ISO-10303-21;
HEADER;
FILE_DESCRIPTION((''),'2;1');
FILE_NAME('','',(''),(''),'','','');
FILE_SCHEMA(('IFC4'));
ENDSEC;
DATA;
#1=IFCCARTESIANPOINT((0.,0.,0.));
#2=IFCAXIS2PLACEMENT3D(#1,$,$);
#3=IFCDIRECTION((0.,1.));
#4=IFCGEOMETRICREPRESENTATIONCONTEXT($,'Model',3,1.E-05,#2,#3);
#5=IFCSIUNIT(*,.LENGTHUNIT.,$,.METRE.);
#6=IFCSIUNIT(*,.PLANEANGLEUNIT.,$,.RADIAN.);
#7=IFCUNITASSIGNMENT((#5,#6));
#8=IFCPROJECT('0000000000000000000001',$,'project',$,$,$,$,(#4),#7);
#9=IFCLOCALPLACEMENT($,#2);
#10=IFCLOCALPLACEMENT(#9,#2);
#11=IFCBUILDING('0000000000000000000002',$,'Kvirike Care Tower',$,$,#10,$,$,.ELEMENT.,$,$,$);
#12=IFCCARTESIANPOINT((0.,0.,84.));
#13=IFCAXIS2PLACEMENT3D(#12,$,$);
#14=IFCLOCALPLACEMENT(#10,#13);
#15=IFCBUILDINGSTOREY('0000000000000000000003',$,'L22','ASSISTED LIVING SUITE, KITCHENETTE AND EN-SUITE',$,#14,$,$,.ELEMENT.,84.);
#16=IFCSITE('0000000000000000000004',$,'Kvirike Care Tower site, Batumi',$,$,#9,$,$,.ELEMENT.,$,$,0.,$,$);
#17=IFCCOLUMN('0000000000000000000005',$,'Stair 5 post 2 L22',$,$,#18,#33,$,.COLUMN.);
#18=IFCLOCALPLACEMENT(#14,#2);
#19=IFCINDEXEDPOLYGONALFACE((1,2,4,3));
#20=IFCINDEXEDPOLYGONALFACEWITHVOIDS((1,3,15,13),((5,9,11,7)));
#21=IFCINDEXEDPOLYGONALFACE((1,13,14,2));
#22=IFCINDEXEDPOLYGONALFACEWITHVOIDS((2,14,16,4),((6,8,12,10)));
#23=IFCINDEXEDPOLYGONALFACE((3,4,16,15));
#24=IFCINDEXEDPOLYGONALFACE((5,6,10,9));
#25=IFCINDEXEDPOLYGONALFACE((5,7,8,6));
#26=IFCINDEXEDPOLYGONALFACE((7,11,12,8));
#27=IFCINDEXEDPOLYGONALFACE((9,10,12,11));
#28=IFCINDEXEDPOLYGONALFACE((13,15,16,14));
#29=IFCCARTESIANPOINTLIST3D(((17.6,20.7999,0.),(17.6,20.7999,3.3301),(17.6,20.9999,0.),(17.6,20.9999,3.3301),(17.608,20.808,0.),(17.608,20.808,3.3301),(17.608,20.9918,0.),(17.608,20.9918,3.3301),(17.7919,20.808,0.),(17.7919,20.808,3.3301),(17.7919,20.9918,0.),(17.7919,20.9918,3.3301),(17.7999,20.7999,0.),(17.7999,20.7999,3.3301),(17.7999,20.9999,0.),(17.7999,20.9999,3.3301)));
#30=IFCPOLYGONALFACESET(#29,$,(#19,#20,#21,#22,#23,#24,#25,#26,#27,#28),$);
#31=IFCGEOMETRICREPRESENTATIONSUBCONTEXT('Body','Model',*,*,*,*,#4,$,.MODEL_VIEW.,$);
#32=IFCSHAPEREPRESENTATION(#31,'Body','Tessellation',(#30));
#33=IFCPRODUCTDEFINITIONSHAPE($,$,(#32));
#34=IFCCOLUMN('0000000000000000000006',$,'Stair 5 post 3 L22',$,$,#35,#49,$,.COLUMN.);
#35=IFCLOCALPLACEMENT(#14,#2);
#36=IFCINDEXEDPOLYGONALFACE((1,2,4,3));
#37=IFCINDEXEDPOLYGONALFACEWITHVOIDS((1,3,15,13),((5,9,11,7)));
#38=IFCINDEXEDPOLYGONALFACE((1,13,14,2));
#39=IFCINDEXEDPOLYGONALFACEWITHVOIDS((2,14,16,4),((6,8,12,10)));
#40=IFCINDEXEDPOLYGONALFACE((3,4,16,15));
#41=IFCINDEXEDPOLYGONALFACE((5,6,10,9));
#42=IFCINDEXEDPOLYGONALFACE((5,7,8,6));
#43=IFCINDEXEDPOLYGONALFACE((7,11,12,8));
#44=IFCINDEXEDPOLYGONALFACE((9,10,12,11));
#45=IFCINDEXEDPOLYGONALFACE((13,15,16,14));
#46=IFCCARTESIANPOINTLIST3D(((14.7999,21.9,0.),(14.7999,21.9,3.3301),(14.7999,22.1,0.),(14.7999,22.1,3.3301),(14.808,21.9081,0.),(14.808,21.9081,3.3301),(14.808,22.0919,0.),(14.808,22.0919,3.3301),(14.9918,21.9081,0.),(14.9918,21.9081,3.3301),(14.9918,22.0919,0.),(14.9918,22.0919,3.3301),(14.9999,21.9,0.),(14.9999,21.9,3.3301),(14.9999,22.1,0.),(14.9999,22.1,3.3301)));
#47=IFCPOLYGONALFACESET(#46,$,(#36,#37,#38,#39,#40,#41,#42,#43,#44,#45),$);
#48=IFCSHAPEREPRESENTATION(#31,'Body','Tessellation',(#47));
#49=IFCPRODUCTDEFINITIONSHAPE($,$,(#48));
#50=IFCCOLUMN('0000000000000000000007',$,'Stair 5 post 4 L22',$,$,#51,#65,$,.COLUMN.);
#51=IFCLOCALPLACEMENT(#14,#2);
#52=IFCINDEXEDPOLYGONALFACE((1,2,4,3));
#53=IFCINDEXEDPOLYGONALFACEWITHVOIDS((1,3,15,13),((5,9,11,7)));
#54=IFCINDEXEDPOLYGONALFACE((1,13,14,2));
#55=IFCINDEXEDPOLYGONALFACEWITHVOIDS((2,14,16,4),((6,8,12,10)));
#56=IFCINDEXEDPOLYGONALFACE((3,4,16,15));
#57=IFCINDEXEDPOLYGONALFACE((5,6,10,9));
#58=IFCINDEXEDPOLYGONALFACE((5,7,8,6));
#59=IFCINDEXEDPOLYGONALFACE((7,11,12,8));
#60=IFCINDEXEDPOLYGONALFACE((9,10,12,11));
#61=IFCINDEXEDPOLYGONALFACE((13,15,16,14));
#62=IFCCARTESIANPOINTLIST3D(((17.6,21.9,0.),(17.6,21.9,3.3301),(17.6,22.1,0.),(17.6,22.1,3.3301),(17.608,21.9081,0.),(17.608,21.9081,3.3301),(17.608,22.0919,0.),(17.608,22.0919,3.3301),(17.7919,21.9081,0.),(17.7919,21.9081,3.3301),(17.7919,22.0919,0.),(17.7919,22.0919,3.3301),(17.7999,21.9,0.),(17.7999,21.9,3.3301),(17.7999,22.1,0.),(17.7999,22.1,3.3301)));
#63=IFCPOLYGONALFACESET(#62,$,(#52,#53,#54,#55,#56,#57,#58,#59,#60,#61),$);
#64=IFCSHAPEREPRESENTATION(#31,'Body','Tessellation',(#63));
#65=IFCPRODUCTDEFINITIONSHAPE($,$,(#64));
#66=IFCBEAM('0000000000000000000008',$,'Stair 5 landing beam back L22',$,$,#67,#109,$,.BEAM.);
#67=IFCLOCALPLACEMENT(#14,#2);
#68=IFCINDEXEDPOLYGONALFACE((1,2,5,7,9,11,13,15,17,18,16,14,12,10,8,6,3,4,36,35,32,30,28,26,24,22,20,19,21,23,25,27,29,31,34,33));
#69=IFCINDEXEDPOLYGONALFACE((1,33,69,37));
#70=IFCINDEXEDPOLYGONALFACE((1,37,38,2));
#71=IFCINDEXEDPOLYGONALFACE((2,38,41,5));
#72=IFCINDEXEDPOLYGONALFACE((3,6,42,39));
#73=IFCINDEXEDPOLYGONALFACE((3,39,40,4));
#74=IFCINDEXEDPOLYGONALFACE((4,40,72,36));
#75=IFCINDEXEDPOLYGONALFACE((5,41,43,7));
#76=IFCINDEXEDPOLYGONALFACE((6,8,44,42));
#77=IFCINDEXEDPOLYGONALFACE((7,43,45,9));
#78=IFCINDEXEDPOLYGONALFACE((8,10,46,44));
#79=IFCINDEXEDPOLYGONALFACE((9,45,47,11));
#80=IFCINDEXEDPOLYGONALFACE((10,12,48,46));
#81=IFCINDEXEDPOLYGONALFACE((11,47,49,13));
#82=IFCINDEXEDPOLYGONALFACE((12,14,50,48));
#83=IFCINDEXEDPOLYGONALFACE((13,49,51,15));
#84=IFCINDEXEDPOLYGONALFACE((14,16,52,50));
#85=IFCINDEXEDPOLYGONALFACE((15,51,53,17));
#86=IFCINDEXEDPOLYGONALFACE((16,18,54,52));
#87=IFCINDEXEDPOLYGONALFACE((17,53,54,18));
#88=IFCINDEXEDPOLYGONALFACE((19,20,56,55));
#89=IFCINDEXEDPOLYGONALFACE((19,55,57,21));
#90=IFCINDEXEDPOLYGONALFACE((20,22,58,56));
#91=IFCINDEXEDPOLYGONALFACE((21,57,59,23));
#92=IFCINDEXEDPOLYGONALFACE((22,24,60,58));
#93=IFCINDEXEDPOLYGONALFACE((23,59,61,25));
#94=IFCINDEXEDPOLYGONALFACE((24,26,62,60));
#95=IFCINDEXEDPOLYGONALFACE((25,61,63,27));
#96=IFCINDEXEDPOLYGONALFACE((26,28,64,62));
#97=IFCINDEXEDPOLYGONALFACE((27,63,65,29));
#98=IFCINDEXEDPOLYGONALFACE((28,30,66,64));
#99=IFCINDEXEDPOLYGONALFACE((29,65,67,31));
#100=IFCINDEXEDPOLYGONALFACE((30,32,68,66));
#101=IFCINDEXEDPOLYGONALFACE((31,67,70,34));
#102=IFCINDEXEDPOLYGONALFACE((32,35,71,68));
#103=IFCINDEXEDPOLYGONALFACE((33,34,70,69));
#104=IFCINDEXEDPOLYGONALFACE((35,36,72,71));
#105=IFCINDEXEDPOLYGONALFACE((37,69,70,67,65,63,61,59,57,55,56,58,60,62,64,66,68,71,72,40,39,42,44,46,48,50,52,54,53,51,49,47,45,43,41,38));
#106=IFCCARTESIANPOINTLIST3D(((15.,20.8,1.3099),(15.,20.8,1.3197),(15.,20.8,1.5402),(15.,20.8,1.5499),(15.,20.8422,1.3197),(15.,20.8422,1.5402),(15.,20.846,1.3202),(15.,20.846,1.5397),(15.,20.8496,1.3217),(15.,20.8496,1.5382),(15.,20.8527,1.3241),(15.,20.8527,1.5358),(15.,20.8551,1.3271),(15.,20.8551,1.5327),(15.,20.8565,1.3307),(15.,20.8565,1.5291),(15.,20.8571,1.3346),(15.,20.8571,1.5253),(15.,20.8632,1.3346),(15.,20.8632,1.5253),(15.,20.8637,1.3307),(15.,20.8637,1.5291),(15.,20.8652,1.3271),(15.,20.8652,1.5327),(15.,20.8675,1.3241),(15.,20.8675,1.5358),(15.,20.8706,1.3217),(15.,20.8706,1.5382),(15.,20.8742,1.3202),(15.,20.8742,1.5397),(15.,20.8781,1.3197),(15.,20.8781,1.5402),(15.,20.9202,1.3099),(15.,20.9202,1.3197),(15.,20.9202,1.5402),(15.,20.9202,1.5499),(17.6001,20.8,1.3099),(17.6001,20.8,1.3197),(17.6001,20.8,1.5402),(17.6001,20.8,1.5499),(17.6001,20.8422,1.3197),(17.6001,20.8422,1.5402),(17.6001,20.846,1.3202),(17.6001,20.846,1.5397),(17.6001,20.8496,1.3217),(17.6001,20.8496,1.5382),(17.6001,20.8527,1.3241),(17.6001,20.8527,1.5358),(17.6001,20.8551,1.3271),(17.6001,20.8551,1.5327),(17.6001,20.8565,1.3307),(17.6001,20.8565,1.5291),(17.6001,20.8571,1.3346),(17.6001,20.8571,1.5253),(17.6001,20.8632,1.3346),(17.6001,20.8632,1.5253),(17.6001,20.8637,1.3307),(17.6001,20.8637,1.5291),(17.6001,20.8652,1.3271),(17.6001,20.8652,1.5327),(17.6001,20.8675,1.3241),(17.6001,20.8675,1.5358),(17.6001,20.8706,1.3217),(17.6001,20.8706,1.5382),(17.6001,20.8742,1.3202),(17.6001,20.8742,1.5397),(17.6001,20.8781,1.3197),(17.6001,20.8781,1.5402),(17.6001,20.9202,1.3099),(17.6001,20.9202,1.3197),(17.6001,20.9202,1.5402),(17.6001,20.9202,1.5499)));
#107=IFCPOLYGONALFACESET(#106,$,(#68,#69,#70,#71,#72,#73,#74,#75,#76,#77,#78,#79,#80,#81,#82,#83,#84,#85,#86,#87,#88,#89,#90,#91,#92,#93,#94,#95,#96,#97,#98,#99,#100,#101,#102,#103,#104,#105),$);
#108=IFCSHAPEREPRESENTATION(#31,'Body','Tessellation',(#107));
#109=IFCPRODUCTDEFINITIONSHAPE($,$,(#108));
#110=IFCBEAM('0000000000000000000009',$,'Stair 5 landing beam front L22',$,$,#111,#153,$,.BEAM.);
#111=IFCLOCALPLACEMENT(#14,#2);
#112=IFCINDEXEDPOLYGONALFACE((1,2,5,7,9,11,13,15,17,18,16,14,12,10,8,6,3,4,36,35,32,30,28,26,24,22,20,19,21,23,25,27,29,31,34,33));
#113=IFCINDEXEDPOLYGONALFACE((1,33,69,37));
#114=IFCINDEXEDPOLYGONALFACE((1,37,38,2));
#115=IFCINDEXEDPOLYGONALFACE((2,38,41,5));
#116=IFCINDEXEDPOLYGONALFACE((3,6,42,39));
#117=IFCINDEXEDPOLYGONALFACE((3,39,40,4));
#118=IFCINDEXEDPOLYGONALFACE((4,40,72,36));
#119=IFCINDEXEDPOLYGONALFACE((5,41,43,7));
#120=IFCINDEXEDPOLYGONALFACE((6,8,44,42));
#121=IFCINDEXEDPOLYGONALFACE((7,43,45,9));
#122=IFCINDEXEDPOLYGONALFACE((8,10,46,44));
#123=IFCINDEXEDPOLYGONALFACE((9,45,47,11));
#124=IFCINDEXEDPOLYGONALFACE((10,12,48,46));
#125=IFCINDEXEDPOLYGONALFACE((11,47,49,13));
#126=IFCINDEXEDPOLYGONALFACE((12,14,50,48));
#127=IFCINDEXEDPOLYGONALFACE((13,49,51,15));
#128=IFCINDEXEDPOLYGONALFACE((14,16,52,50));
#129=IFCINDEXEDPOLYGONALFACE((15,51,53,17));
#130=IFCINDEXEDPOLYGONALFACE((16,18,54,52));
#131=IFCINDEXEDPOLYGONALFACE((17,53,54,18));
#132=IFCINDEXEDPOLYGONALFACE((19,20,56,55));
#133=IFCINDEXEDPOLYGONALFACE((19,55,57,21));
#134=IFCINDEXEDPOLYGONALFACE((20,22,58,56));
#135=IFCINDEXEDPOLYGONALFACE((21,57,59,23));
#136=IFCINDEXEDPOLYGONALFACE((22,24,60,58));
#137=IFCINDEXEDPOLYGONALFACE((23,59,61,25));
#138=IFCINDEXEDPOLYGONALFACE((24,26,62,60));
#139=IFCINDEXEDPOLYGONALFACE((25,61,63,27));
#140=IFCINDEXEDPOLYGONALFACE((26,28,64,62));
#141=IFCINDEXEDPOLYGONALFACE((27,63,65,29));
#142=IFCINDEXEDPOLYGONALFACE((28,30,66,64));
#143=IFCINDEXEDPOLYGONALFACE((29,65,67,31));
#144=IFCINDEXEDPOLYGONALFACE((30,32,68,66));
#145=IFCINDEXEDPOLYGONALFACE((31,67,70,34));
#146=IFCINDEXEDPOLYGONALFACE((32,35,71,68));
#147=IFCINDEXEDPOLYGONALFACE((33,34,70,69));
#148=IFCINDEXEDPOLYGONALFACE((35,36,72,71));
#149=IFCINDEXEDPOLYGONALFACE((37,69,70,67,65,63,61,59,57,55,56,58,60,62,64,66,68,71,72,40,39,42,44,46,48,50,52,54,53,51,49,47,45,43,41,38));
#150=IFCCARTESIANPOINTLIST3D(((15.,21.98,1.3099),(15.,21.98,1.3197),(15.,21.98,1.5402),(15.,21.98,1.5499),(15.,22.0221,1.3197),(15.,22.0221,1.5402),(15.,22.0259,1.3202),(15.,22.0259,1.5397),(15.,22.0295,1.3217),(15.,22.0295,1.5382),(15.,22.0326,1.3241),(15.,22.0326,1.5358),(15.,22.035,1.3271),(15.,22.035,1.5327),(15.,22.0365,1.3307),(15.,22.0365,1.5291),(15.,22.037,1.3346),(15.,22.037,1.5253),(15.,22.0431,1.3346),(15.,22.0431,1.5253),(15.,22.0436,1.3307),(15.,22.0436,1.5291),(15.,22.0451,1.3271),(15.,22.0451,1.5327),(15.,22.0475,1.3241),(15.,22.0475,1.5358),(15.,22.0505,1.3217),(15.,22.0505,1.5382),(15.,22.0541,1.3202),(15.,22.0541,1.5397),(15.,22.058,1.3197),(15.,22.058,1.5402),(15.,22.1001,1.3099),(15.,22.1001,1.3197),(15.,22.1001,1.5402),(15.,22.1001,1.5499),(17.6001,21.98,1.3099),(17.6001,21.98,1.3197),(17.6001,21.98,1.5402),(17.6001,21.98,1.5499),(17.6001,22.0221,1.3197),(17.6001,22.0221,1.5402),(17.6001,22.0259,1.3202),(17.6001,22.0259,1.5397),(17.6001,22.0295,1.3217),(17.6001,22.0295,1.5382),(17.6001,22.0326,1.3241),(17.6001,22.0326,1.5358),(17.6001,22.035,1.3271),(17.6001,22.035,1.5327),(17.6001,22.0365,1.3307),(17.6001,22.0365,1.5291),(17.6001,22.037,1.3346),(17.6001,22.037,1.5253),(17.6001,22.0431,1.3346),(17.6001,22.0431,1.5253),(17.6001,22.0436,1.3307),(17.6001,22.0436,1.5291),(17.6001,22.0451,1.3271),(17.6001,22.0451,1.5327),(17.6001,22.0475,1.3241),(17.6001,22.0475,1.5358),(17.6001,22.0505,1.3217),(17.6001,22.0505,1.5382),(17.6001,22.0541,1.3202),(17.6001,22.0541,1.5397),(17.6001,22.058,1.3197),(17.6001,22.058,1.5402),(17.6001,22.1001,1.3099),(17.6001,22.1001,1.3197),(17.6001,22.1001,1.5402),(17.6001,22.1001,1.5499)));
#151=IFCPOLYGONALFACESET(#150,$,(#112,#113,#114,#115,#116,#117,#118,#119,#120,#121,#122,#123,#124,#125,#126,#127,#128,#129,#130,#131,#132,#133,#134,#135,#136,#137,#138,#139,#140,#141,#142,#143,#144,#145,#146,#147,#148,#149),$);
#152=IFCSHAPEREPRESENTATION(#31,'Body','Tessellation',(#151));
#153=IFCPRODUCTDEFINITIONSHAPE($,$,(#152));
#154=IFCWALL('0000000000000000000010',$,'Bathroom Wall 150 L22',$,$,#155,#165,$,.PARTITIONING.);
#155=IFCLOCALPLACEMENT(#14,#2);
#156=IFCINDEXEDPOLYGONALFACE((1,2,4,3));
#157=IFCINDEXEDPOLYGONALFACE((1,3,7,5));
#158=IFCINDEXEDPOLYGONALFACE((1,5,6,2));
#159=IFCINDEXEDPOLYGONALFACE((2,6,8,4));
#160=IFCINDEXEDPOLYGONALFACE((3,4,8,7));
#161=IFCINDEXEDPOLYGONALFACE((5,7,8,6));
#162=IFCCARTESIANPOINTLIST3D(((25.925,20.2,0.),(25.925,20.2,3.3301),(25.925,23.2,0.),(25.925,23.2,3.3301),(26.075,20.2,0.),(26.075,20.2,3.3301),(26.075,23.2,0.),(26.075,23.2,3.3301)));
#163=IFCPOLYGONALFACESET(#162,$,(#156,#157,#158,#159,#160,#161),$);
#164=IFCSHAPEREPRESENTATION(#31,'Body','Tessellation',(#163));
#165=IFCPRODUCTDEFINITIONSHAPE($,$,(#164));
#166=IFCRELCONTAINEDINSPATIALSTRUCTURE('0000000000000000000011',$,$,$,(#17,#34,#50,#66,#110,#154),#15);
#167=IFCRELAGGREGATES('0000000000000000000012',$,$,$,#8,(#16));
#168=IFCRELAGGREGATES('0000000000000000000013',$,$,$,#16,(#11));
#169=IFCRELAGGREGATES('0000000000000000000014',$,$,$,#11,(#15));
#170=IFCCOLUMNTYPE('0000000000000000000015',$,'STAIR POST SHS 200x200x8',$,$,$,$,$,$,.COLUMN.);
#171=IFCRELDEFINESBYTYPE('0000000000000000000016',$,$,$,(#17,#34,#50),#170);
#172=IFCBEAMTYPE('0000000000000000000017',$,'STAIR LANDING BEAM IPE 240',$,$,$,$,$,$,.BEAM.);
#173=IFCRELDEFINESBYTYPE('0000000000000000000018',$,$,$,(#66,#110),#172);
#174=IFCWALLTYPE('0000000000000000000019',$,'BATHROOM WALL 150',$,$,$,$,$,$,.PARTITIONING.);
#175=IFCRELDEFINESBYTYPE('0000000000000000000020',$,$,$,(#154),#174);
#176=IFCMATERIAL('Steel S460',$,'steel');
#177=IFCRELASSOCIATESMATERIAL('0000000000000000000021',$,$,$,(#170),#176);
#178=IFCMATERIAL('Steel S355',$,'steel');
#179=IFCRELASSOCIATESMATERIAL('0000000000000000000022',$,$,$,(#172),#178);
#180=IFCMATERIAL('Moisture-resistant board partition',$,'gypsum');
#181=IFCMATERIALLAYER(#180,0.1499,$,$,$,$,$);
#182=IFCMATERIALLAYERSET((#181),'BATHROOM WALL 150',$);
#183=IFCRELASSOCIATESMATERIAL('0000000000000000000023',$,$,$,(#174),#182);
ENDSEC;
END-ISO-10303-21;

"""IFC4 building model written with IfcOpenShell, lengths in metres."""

from ifc_helpers import new_model, si_unit, direction, frame, frame_2d, origin, origin_2d, place, context, subcontext, project, spatial, rectangle, hollow_rectangle, i_section, extrude, material, layer, layer_set, material_profile, profile_set, type_object, element, save


model = new_model("IFC4")

# Units and contexts
model_context = context("Model", 3, precision=1e-05, world=origin(), true_north=direction((0.0, 1.0)))
body_context = subcontext(model_context, "Body", "Model", "MODEL_VIEW")
ifc_project = project(units=[si_unit("LENGTHUNIT", "METRE"), si_unit("PLANEANGLEUNIT", "RADIAN")], contexts=[model_context])

# Site, building, storey
site_placement = place(None, origin())
site = spatial("IfcSite", under=ifc_project, at=site_placement, Name="Kvirike Care Tower site, Batumi", CompositionType="ELEMENT", RefElevation=0.0)
building_placement = place(site_placement, origin())
building = spatial("IfcBuilding", under=site, at=building_placement, Name="Kvirike Care Tower", CompositionType="ELEMENT")
storey_placement = place(building_placement, frame((0.0, 0.0, 84.0)))
storey = spatial("IfcBuildingStorey", under=building, at=storey_placement, Name="L22", Description="ASSISTED LIVING SUITE, KITCHENETTE AND EN-SUITE", CompositionType="ELEMENT", Elevation=84.0)

# Columns
ifc_material_1 = material(Name="Steel S460", Category="steel")
ifc_material_profile_1 = material_profile(ifc_material_1, hollow_rectangle(XDim=0.2, YDim=0.2, WallThickness=0.0081, at=origin_2d()), Name="SHS 200x200x8")
ifc_profile_set_1 = profile_set([ifc_material_profile_1], Name="Steel S460")
column_type = type_object("IfcColumnType", Name="STAIR POST SHS 200x200x8", PredefinedType="COLUMN", material=ifc_profile_set_1)
for number, where, z_axis, x_axis, name in (
    (1, (17.7, 20.8999, 0.0), (0.0, 0.0, 1.0), (1.0, 0.0, 0.0), "Stair 5 post 2 L22"),
    (2, (14.8999, 22.0, 0.0), (0.0, 0.0, 1.0), (1.0, 0.0, 0.0), "Stair 5 post 3 L22"),
    (3, (17.7, 22.0, 0.0), (0.0, 0.0, 1.0), (1.0, 0.0, 0.0), "Stair 5 post 4 L22"),
):
    element("IfcColumn", number, at=place(storey_placement, frame(where, z_axis=z_axis, x_axis=x_axis)), inside=storey, type_object=column_type, Name=name, PredefinedType="COLUMN", context=body_context, shape_type="SweptSolid", body=[
        extrude(hollow_rectangle(XDim=0.2, YDim=0.2, WallThickness=0.0081, at=origin_2d()), origin(), (0.0, 0.0, 1.0), 3.3301),
    ])

# Beams
ifc_material_2 = material(Name="Steel S355", Category="steel")
ifc_material_profile_2 = material_profile(ifc_material_2, i_section(OverallWidth=0.1201, OverallDepth=0.24, WebThickness=0.0061, FlangeThickness=0.0098, FilletRadius=0.0149, at=origin_2d()), Name="IPE 240")
ifc_profile_set_2 = profile_set([ifc_material_profile_2], Name="Steel S355")
beam_type = type_object("IfcBeamType", Name="STAIR LANDING BEAM IPE 240", PredefinedType="BEAM", material=ifc_profile_set_2)
for number, where, z_axis, x_axis, name in (
    (4, (15.0, 20.8601, 1.4299), (1.0, 0.0, 0.0), (0.0, 1.0, 0.0), "Stair 5 landing beam back L22"),
    (5, (15.0, 22.04, 1.4299), (1.0, 0.0, 0.0), (0.0, 1.0, 0.0), "Stair 5 landing beam front L22"),
):
    element("IfcBeam", number, at=place(storey_placement, frame(where, z_axis=z_axis, x_axis=x_axis)), inside=storey, type_object=beam_type, Name=name, PredefinedType="BEAM", context=body_context, shape_type="SweptSolid", body=[
        extrude(i_section(OverallWidth=0.1201, OverallDepth=0.24, WebThickness=0.0061, FlangeThickness=0.0098, FilletRadius=0.0149, at=origin_2d()), origin(), (0.0, 0.0, 1.0), 2.6001),
    ])

# Wall
ifc_material_3 = material(Name="Moisture-resistant board partition", Category="gypsum")
ifc_layer_1 = layer(ifc_material_3, 0.1499)
ifc_layer_set_1 = layer_set([ifc_layer_1], Name="BATHROOM WALL 150")
wall_type_1 = type_object("IfcWallType", Name="BATHROOM WALL 150", PredefinedType="PARTITIONING", material=ifc_layer_set_1)
wall_1_placement = place(storey_placement, frame((26.0, 20.2, 0.0), z_axis=(0.0, 0.0, 1.0), x_axis=(0.0, 1.0, 0.0)))
element("IfcWall", 6, at=wall_1_placement, inside=storey, type_object=wall_type_1, Name="Bathroom Wall 150 L22", PredefinedType="PARTITIONING", context=body_context, shape_type="SweptSolid", body=[
    extrude(rectangle(XDim=3.0, YDim=0.1499, at=frame_2d((1.5, 0.0))), origin(), (0.0, 0.0, 1.0), 3.3301),
])

save(model, "model.ifc")
